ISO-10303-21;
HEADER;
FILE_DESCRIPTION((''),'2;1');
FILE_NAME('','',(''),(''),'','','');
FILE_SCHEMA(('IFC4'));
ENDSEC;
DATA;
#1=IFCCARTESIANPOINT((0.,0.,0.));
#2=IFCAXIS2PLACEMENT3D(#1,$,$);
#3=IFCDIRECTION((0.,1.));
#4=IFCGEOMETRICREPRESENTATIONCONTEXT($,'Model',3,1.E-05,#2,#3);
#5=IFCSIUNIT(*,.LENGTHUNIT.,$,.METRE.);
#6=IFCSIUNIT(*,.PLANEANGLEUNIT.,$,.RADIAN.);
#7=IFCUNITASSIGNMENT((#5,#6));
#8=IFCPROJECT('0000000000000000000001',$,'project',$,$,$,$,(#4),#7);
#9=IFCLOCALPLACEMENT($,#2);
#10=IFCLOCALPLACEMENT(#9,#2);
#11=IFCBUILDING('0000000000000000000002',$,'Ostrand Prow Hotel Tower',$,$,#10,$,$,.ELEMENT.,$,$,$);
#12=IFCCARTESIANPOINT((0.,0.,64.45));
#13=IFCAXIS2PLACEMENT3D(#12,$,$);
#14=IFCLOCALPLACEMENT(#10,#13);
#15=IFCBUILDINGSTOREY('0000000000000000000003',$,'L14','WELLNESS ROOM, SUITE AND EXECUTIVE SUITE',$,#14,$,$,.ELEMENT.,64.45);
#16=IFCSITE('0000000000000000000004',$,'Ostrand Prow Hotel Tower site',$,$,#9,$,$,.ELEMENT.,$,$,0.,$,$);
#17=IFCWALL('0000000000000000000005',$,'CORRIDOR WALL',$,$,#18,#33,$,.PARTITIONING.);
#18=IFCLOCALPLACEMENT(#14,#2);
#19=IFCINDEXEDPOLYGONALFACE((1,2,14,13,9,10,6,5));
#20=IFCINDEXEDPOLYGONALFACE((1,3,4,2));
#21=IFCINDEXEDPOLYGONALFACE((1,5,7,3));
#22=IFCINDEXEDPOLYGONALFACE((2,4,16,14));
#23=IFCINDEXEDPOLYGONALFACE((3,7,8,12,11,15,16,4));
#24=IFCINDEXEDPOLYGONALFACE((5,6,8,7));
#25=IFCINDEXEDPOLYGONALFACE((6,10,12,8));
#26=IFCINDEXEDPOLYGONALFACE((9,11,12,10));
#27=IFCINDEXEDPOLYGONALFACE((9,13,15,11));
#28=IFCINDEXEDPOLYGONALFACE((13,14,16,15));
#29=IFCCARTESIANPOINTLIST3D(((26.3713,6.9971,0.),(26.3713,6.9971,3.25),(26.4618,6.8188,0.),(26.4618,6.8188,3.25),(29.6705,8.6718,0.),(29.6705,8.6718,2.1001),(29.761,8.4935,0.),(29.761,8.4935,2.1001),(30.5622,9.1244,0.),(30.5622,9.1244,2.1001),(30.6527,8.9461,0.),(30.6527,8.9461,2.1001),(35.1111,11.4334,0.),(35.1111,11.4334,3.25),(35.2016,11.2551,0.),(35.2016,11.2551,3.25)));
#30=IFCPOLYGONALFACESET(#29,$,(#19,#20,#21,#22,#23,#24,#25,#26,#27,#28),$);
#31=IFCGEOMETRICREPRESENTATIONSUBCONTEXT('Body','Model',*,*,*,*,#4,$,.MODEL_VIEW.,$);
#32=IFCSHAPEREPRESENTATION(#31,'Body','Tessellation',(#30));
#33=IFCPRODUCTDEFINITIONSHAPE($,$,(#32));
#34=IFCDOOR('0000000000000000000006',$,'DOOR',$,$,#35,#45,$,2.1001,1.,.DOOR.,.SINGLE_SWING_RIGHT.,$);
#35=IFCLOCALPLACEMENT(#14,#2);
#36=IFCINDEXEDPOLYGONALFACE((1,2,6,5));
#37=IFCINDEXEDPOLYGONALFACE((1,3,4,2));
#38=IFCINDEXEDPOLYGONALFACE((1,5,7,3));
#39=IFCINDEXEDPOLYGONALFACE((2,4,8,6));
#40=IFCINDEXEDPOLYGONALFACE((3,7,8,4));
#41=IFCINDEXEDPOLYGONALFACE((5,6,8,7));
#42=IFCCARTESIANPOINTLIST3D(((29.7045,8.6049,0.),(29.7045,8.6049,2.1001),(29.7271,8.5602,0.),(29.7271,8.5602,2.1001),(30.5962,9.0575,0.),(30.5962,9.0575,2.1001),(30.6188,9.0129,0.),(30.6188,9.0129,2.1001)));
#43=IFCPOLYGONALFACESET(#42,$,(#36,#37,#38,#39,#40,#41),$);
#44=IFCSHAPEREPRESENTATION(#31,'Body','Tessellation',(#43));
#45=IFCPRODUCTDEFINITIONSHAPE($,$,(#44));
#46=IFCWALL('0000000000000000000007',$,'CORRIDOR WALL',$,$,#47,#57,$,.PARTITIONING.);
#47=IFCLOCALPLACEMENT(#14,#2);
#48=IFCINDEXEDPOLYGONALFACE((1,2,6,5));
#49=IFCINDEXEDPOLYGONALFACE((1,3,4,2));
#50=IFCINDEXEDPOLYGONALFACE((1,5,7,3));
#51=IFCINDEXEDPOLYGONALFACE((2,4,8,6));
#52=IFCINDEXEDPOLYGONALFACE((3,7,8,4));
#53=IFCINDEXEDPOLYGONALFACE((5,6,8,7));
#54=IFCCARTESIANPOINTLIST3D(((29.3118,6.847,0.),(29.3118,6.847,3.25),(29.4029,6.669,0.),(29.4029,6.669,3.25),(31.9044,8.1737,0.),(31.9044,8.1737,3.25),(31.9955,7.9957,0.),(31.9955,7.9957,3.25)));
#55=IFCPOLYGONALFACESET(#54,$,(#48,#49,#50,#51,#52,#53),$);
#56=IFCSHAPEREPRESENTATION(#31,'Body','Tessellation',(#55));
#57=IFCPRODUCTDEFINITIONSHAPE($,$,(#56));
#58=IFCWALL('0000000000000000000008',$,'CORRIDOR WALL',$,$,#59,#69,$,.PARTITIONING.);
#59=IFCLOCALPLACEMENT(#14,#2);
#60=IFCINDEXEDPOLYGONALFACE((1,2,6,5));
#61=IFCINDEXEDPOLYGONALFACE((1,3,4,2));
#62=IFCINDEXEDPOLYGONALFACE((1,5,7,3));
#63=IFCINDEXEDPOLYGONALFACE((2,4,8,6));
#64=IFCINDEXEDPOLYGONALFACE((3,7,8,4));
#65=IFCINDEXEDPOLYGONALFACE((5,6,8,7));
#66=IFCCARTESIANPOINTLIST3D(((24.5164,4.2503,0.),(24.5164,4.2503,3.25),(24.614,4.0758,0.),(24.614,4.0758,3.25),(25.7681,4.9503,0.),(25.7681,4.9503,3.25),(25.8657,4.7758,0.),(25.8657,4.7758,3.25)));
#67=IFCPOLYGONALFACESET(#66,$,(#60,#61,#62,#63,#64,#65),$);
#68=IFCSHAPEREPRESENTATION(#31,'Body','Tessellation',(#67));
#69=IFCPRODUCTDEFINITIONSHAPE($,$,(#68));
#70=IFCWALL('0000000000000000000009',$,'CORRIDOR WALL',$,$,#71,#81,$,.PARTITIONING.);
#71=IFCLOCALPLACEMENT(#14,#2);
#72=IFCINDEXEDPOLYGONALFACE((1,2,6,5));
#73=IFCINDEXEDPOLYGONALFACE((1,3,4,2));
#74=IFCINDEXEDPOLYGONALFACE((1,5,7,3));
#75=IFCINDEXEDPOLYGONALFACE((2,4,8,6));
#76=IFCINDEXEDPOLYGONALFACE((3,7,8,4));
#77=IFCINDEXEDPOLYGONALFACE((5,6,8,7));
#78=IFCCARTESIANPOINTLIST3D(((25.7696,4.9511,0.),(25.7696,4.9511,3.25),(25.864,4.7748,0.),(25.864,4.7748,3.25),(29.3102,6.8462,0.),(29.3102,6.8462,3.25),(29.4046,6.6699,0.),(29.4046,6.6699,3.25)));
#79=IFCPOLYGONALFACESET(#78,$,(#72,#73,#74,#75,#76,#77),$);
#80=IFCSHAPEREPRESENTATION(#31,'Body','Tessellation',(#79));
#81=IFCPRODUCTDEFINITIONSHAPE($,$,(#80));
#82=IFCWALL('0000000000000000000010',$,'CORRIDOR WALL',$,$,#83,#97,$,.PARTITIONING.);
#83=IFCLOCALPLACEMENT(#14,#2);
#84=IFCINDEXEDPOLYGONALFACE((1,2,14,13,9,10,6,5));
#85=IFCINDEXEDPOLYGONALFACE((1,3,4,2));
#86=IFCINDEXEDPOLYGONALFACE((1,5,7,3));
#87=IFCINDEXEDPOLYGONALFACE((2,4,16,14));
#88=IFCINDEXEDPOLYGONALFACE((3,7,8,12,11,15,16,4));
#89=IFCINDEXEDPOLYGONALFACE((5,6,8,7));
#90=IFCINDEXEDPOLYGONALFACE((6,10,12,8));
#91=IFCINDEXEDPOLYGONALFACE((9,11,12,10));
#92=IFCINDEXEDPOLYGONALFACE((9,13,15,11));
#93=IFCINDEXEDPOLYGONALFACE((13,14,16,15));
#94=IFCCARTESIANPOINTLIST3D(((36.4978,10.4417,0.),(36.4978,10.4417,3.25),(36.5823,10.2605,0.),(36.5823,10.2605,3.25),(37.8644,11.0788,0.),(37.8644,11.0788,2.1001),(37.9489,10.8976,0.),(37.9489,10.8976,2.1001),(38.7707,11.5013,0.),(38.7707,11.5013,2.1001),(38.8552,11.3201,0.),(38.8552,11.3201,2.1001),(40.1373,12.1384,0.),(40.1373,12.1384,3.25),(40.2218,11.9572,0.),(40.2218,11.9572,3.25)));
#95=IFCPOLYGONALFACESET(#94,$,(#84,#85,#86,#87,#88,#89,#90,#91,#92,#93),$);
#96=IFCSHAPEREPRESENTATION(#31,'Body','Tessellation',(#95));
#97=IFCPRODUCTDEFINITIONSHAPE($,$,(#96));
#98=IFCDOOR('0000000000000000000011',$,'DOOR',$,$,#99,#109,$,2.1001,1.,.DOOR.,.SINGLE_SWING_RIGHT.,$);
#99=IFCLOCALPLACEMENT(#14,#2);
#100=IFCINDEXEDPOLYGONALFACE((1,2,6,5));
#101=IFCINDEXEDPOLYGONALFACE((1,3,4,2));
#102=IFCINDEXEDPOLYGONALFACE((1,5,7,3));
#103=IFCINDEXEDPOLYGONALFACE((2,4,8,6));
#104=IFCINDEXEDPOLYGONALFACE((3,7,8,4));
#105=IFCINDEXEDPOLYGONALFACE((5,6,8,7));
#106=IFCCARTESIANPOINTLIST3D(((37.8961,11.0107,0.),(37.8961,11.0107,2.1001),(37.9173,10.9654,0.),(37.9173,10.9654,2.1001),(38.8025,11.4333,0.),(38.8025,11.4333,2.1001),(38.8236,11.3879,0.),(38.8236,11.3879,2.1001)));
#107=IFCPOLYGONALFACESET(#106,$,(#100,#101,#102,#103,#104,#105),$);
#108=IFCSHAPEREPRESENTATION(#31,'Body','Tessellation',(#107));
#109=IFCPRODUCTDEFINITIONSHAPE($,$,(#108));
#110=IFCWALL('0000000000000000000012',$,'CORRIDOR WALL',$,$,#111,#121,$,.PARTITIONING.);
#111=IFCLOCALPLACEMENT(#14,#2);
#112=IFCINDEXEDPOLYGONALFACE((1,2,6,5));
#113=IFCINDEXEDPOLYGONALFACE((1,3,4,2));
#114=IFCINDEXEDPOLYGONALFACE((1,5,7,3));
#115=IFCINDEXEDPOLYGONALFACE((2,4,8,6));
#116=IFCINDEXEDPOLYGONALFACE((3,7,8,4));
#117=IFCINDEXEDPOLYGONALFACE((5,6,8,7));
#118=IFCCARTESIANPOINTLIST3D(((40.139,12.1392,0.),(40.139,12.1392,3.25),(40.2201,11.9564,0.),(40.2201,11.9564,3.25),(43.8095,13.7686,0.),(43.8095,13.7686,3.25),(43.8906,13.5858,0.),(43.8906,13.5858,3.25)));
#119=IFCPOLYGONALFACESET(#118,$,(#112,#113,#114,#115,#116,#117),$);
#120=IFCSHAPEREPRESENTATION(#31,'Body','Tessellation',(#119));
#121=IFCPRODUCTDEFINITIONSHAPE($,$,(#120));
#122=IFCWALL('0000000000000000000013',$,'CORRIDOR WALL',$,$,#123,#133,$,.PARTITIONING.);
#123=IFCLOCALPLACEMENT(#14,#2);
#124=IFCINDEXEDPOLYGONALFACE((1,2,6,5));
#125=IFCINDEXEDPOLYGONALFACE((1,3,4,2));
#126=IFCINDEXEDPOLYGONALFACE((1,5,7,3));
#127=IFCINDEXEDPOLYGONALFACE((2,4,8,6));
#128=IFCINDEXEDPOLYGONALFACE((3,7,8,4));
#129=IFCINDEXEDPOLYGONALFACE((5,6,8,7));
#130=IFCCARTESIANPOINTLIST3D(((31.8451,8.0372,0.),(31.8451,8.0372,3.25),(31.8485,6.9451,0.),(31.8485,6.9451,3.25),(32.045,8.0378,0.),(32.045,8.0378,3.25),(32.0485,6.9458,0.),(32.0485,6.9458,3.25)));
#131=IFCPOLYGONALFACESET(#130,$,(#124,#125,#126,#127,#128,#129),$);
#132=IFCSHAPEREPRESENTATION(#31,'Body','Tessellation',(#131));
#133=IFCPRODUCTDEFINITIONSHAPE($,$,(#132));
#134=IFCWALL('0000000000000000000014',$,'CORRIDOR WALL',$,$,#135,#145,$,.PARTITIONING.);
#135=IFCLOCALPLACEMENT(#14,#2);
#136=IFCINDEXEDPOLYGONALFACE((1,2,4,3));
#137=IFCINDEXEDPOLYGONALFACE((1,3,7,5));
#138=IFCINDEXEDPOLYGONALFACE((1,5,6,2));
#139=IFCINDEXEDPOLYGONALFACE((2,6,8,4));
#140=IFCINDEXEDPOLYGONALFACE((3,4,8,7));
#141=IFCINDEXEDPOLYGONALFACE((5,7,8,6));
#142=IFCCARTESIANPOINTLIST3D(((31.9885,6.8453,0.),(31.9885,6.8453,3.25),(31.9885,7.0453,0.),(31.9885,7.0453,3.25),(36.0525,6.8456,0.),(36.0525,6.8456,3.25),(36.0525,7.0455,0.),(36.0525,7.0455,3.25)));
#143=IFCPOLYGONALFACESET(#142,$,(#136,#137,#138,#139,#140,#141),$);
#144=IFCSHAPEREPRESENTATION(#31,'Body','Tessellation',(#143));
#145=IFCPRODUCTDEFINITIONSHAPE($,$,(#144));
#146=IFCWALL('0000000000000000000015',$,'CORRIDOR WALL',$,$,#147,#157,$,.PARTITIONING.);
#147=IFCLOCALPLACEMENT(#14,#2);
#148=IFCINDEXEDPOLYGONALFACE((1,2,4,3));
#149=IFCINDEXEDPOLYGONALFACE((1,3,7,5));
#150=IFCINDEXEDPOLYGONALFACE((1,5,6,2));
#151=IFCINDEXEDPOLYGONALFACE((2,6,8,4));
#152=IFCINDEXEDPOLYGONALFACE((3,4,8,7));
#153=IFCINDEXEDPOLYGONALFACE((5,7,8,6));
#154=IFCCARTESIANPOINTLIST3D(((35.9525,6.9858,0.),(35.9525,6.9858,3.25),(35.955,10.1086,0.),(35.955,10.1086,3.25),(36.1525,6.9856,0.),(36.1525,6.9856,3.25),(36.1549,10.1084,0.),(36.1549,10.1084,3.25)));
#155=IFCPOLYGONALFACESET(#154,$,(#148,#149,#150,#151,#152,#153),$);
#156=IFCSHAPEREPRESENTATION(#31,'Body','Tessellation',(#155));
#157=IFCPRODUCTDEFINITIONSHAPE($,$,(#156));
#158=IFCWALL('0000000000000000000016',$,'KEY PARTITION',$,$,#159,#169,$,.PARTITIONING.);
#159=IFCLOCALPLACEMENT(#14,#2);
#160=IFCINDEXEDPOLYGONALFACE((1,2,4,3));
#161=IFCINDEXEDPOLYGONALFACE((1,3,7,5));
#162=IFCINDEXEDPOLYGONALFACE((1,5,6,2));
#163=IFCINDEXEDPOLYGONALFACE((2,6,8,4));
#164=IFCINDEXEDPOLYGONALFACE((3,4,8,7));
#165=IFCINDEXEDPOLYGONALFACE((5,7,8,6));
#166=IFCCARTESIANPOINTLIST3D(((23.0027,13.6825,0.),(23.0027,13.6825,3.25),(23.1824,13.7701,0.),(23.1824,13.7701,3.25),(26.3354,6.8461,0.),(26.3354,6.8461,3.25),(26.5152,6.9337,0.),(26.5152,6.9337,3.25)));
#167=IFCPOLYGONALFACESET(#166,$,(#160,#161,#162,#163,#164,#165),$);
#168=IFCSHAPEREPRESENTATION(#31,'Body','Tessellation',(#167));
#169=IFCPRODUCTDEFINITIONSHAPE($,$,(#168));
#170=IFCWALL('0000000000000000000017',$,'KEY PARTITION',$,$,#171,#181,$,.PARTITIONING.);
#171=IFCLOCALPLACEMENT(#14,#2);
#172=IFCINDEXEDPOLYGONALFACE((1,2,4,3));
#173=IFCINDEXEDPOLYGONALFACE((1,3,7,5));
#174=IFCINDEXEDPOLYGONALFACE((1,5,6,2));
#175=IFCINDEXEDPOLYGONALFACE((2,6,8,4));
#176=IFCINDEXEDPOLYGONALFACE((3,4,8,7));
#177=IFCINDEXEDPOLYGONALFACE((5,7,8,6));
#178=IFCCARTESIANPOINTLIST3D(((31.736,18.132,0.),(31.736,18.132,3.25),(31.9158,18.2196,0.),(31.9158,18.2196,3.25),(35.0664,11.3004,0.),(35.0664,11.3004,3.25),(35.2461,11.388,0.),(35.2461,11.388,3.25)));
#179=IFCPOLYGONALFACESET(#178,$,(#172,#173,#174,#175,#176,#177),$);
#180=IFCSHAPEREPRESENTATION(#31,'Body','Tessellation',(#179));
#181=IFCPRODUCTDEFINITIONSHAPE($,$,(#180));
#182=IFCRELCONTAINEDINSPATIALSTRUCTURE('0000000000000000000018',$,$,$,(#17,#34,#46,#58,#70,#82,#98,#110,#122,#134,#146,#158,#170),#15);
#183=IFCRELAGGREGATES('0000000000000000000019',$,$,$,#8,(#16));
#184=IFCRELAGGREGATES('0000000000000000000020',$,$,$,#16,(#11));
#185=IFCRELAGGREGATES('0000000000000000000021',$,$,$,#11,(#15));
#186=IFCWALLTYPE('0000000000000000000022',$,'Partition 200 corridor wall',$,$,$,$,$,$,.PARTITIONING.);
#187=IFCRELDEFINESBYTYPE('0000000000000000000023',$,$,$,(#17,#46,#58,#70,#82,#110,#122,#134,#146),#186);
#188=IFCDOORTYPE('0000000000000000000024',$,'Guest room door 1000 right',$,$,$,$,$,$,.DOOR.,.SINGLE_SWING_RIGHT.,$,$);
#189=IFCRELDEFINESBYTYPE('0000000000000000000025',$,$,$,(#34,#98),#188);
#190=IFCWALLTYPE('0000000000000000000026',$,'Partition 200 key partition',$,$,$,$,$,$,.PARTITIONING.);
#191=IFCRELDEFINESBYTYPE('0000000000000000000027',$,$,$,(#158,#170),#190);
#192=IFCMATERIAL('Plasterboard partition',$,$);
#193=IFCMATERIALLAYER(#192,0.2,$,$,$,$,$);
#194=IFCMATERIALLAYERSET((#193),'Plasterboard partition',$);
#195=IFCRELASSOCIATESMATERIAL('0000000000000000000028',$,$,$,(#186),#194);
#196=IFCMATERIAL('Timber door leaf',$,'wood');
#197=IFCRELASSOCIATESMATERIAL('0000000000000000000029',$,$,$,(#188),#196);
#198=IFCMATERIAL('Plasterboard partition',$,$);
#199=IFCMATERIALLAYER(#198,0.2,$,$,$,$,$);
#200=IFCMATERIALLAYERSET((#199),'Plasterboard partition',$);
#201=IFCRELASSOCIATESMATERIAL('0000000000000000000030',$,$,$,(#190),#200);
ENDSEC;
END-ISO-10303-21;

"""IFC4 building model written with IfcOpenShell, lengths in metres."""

from ifc_helpers import new_model, si_unit, direction, frame, frame_2d, origin, place, context, subcontext, project, spatial, rectangle, extrude, material, layer, layer_set, type_object, element, fill, save


model = new_model("IFC4")

# Units and contexts
model_context = context("Model", 3, precision=1e-05, world=origin(), true_north=direction((0.0, 1.0)))
body_context = subcontext(model_context, "Body", "Model", "MODEL_VIEW")
ifc_project = project(units=[si_unit("LENGTHUNIT", "METRE"), si_unit("PLANEANGLEUNIT", "RADIAN")], contexts=[model_context])

# Site, building, storey
site_placement = place(None, origin())
site = spatial("IfcSite", under=ifc_project, at=site_placement, Name="Ostrand Prow Hotel Tower site", CompositionType="ELEMENT", RefElevation=0.0)
building_placement = place(site_placement, origin())
building = spatial("IfcBuilding", under=site, at=building_placement, Name="Ostrand Prow Hotel Tower", CompositionType="ELEMENT")
storey_placement = place(building_placement, frame((0.0, 0.0, 64.45)))
storey = spatial("IfcBuildingStorey", under=building, at=storey_placement, Name="L14", Description="WELLNESS ROOM, SUITE AND EXECUTIVE SUITE", CompositionType="ELEMENT", Elevation=64.45)

# Wall, opening, door
ifc_material_1 = material(Name="Plasterboard partition")
ifc_layer_1 = layer(ifc_material_1, 0.2)
ifc_layer_set_1 = layer_set([ifc_layer_1], Name="Plasterboard partition")
wall_type_1 = type_object("IfcWallType", Name="Partition 200 corridor wall", PredefinedType="PARTITIONING", material=ifc_layer_set_1)
wall_1_placement = place(storey_placement, frame((26.4165, 6.908, 0.0), z_axis=(0.0, 0.0, 1.0), x_axis=(0.891701, 0.452626, 0.0)))
wall_1 = element("IfcWall", 1, at=wall_1_placement, inside=storey, type_object=wall_type_1, Name="CORRIDOR WALL", PredefinedType="PARTITIONING", context=body_context, shape_type="SweptSolid", body=[
    extrude(rectangle(XDim=9.8013, YDim=0.2, at=frame_2d((4.9006, 0.0))), origin(), (0.0, 0.0, 1.0), 3.25),
])
opening_1_placement = place(wall_1_placement, frame((3.7, 0.0, 0.0)))
opening_1 = element("IfcOpeningElement", 2, at=opening_1_placement, cuts=wall_1, PredefinedType="OPENING", context=body_context, shape_type="SweptSolid", body=[
    extrude(rectangle(XDim=1.0, YDim=2.1001, at=frame_2d((0.5, 1.05))), frame((0.0, 0.1099, 0.0), z_axis=(0.0, -1.0, 0.0), x_axis=(1.0, 0.0, 0.0)), (0.0, 0.0, 1.0), 0.22),
])
ifc_material_2 = material(Name="Timber door leaf", Category="wood")
door_type_1 = type_object("IfcDoorType", Name="Guest room door 1000 right", OperationType="SINGLE_SWING_RIGHT", PredefinedType="DOOR", material=ifc_material_2)
door_1_placement = place(opening_1_placement, origin())
door_1 = element("IfcDoor", 3, at=door_1_placement, inside=storey, type_object=door_type_1, Name="DOOR", OperationType="SINGLE_SWING_RIGHT", OverallHeight=2.1001, OverallWidth=1.0, PredefinedType="DOOR", context=body_context, shape_type="SweptSolid", body=[
    extrude(rectangle(XDim=1.0, YDim=2.1001, at=frame_2d((0.5, 1.05))), frame((0.0, 0.0249, 0.0), z_axis=(0.0, -1.0, 0.0), x_axis=(1.0, 0.0, 0.0)), (0.0, 0.0, 1.0), 0.05),
])
fill(opening_1, door_1)

# Walls
wall_2_placement = place(storey_placement, frame((29.3574, 6.7581, 0.0), z_axis=(0.0, 0.0, 1.0), x_axis=(0.890213, 0.455544, 0.0)))
element("IfcWall", 4, at=wall_2_placement, inside=storey, type_object=wall_type_1, Name="CORRIDOR WALL", PredefinedType="PARTITIONING", context=body_context, shape_type="SweptSolid", body=[
    extrude(rectangle(XDim=2.9124, YDim=0.2, at=frame_2d((1.4561, 0.0))), origin(), (0.0, 0.0, 1.0), 3.25),
])
wall_3_placement = place(storey_placement, frame((24.5652, 4.1631, 0.0), z_axis=(0.0, 0.0, 1.0), x_axis=(0.872805, 0.488069, 0.0)))
element("IfcWall", 5, at=wall_3_placement, inside=storey, type_object=wall_type_1, Name="CORRIDOR WALL", PredefinedType="PARTITIONING", context=body_context, shape_type="SweptSolid", body=[
    extrude(rectangle(XDim=1.4341, YDim=0.2, at=frame_2d((0.717, 0.0))), origin(), (0.0, 0.0, 1.0), 3.25),
])
wall_4_placement = place(storey_placement, frame((25.8169, 4.863, 0.0), z_axis=(0.0, 0.0, 1.0), x_axis=(0.881655, 0.471894, 0.0)))
element("IfcWall", 6, at=wall_4_placement, inside=storey, type_object=wall_type_1, Name="CORRIDOR WALL", PredefinedType="PARTITIONING", context=body_context, shape_type="SweptSolid", body=[
    extrude(rectangle(XDim=4.0159, YDim=0.2, at=frame_2d((2.0078, 0.0))), origin(), (0.0, 0.0, 1.0), 3.25),
])

# Wall, opening, door
wall_5_placement = place(storey_placement, frame((36.54, 10.3511, 0.0), z_axis=(0.0, 0.0, 1.0), x_axis=(0.906348, 0.422533, 0.0)))
wall_5 = element("IfcWall", 7, at=wall_5_placement, inside=storey, type_object=wall_type_1, Name="CORRIDOR WALL", PredefinedType="PARTITIONING", context=body_context, shape_type="SweptSolid", body=[
    extrude(rectangle(XDim=4.0156, YDim=0.2, at=frame_2d((2.0078, 0.0))), origin(), (0.0, 0.0, 1.0), 3.25),
])
opening_2_placement = place(wall_5_placement, frame((1.5078, 0.0, 0.0)))
opening_2 = element("IfcOpeningElement", 8, at=opening_2_placement, cuts=wall_5, PredefinedType="OPENING", context=body_context, shape_type="SweptSolid", body=[
    extrude(rectangle(XDim=1.0, YDim=2.1001, at=frame_2d((0.5, 1.05))), frame((0.0, 0.1099, 0.0), z_axis=(0.0, -1.0, 0.0), x_axis=(1.0, 0.0, 0.0)), (0.0, 0.0, 1.0), 0.22),
])
door_2_placement = place(opening_2_placement, origin())
door_2 = element("IfcDoor", 9, at=door_2_placement, inside=storey, type_object=door_type_1, Name="DOOR", OperationType="SINGLE_SWING_RIGHT", OverallHeight=2.1001, OverallWidth=1.0, PredefinedType="DOOR", context=body_context, shape_type="SweptSolid", body=[
    extrude(rectangle(XDim=1.0, YDim=2.1001, at=frame_2d((0.5, 1.05))), frame((0.0, 0.0249, 0.0), z_axis=(0.0, -1.0, 0.0), x_axis=(1.0, 0.0, 0.0)), (0.0, 0.0, 1.0), 0.05),
])
fill(opening_2, door_2)

# Walls
wall_6_placement = place(storey_placement, frame((40.1797, 12.0479, 0.0), z_axis=(0.0, 0.0, 1.0), x_axis=(0.913987, 0.405744, 0.0)))
element("IfcWall", 10, at=wall_6_placement, inside=storey, type_object=wall_type_1, Name="CORRIDOR WALL", PredefinedType="PARTITIONING", context=body_context, shape_type="SweptSolid", body=[
    extrude(rectangle(XDim=4.0159, YDim=0.2, at=frame_2d((2.0078, 0.0))), origin(), (0.0, 0.0, 1.0), 3.25),
])
wall_7_placement = place(storey_placement, frame((31.9451, 8.0374, 0.0), z_axis=(0.0, 0.0, 1.0), x_axis=(0.00313, -0.999995, 0.0)))
element("IfcWall", 11, at=wall_7_placement, inside=storey, type_object=wall_type_1, Name="CORRIDOR WALL", PredefinedType="PARTITIONING", context=body_context, shape_type="SweptSolid", body=[
    extrude(rectangle(XDim=1.092, YDim=0.2, at=frame_2d((0.5459, 0.0))), origin(), (0.0, 0.0, 1.0), 3.25),
])
wall_8_placement = place(storey_placement, frame((31.9885, 6.9453, 0.0), z_axis=(0.0, 0.0, 1.0), x_axis=(1.0, 0.00006, 0.0)))
element("IfcWall", 12, at=wall_8_placement, inside=storey, type_object=wall_type_1, Name="CORRIDOR WALL", PredefinedType="PARTITIONING", context=body_context, shape_type="SweptSolid", body=[
    extrude(rectangle(XDim=4.064, YDim=0.2, at=frame_2d((2.032, 0.0))), origin(), (0.0, 0.0, 1.0), 3.25),
])
wall_9_placement = place(storey_placement, frame((36.0525, 6.9856, 0.0), z_axis=(0.0, 0.0, 1.0), x_axis=(0.000782, 1.0, 0.0)))
element("IfcWall", 13, at=wall_9_placement, inside=storey, type_object=wall_type_1, Name="CORRIDOR WALL", PredefinedType="PARTITIONING", context=body_context, shape_type="SweptSolid", body=[
    extrude(rectangle(XDim=3.1228, YDim=0.2, at=frame_2d((1.5615, 0.0))), origin(), (0.0, 0.0, 1.0), 3.25),
])
ifc_material_3 = material(Name="Plasterboard partition")
ifc_layer_2 = layer(ifc_material_3, 0.2)
ifc_layer_set_2 = layer_set([ifc_layer_2], Name="Plasterboard partition")
wall_type_2 = type_object("IfcWallType", Name="Partition 200 key partition", PredefinedType="PARTITIONING", material=ifc_layer_set_2)
wall_10_placement = place(storey_placement, frame((26.4253, 6.8899, 0.0), z_axis=(0.0, 0.0, 1.0), x_axis=(-0.438203, 0.898876, 0.0)))
element("IfcWall", 14, at=wall_10_placement, inside=storey, type_object=wall_type_2, Name="KEY PARTITION", PredefinedType="PARTITIONING", context=body_context, shape_type="SweptSolid", body=[
    extrude(rectangle(XDim=7.6055, YDim=0.2, at=frame_2d((3.8027, 0.0))), origin(), (0.0, 0.0, 1.0), 3.25),
])
wall_11_placement = place(storey_placement, frame((35.1562, 11.3442, 0.0), z_axis=(0.0, 0.0, 1.0), x_axis=(-0.438196, 0.898879, 0.0)))
element("IfcWall", 15, at=wall_11_placement, inside=storey, type_object=wall_type_2, Name="KEY PARTITION", PredefinedType="PARTITIONING", context=body_context, shape_type="SweptSolid", body=[
    extrude(rectangle(XDim=7.6001, YDim=0.2, at=frame_2d((3.8, 0.0))), origin(), (0.0, 0.0, 1.0), 3.25),
])

save(model, "model.ifc")
